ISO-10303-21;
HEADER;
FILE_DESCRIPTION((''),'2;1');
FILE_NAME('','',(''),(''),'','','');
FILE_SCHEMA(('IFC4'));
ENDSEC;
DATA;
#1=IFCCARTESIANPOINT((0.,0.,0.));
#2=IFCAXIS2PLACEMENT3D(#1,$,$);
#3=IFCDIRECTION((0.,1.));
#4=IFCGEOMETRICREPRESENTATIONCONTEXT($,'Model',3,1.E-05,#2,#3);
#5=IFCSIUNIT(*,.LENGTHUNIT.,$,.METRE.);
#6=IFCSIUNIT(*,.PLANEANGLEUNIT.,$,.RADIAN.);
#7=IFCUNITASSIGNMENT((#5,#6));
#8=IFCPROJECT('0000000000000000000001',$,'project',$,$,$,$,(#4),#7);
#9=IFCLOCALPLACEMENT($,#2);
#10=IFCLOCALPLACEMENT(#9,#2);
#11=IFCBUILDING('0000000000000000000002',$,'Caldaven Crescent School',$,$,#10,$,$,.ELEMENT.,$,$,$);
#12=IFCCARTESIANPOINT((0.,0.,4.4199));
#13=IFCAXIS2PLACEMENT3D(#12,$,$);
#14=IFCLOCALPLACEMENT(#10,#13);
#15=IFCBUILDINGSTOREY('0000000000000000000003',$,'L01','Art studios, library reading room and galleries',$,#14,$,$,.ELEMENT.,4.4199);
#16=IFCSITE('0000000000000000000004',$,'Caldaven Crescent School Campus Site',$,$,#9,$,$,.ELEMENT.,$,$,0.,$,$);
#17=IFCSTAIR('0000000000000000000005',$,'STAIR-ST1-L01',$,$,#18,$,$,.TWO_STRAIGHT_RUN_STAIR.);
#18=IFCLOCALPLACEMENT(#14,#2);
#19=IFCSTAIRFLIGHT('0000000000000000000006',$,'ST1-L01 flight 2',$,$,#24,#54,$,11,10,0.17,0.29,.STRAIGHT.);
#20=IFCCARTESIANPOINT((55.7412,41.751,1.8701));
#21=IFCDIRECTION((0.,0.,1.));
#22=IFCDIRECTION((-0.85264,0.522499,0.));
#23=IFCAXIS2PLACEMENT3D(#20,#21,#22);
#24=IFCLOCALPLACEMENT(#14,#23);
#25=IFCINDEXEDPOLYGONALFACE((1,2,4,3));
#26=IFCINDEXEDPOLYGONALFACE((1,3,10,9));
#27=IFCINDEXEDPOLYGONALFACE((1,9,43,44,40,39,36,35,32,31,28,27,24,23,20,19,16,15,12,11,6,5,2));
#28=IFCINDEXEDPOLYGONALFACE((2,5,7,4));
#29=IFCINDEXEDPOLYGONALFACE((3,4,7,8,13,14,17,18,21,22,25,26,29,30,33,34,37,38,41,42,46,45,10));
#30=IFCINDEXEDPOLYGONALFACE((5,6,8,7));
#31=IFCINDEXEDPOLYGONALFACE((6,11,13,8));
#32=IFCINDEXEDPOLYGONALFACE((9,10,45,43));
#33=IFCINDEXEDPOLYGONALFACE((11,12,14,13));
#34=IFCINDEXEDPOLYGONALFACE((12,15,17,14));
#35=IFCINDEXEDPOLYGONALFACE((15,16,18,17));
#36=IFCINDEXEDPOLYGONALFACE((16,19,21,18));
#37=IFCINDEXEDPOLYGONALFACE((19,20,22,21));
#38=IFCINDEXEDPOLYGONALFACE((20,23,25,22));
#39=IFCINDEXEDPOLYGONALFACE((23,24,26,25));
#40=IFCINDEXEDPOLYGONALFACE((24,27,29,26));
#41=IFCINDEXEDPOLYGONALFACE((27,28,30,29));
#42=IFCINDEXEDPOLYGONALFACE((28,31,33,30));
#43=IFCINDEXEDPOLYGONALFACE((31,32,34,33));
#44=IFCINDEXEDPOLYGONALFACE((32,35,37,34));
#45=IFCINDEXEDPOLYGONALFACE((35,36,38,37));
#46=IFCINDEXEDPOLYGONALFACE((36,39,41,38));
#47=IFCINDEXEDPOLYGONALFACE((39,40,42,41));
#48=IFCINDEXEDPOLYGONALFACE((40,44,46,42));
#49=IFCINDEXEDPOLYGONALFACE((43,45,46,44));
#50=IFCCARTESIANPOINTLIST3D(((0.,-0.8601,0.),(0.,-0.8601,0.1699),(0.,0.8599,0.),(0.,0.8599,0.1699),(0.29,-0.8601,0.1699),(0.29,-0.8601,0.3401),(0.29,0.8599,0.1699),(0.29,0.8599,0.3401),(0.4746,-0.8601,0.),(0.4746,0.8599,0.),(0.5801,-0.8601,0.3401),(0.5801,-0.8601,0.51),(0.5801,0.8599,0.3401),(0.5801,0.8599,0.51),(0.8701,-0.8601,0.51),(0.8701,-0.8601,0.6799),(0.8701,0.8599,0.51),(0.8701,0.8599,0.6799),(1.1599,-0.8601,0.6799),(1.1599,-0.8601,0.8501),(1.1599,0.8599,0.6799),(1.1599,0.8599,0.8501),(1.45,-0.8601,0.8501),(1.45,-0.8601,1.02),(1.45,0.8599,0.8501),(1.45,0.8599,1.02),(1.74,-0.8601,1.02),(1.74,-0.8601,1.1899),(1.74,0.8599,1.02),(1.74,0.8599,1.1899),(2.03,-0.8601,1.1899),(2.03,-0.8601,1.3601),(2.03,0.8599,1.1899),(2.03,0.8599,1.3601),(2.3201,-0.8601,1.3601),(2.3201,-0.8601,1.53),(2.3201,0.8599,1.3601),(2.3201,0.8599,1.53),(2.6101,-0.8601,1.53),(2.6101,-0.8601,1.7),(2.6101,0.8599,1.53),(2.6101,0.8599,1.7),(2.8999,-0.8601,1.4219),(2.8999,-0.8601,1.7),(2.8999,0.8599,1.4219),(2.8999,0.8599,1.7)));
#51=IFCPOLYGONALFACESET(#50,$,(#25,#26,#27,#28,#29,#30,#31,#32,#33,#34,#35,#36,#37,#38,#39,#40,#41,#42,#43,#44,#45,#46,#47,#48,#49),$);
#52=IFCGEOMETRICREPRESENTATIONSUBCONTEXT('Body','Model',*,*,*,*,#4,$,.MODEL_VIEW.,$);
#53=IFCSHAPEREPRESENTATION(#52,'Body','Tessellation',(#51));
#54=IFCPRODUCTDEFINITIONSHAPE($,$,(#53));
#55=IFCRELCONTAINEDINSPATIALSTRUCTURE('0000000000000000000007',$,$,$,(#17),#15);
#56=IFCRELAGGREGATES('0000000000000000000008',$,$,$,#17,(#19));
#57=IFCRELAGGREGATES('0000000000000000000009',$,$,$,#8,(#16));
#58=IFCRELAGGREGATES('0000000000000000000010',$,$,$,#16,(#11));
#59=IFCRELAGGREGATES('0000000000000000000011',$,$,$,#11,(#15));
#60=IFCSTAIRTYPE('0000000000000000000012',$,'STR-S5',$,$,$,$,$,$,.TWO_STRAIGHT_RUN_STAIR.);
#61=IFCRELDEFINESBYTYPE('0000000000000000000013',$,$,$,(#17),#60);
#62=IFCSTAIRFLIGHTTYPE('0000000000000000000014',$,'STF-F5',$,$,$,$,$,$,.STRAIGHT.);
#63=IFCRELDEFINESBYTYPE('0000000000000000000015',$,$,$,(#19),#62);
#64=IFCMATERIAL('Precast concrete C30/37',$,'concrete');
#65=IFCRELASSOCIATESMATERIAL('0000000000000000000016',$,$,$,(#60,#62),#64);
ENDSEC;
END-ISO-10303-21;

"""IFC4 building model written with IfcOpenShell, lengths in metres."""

from ifc_helpers import new_model, si_unit, direction, frame, origin, place, context, subcontext, project, spatial, polyline, outline, extrude, material, type_object, element, aggregate, save


model = new_model("IFC4")

# Units and contexts
model_context = context("Model", 3, precision=1e-05, world=origin(), true_north=direction((0.0, 1.0)))
body_context = subcontext(model_context, "Body", "Model", "MODEL_VIEW")
ifc_project = project(units=[si_unit("LENGTHUNIT", "METRE"), si_unit("PLANEANGLEUNIT", "RADIAN")], contexts=[model_context])

# Site, building, storey
site_placement = place(None, origin())
site = spatial("IfcSite", under=ifc_project, at=site_placement, Name="Caldaven Crescent School Campus Site", CompositionType="ELEMENT", RefElevation=0.0)
building_placement = place(site_placement, origin())
building = spatial("IfcBuilding", under=site, at=building_placement, Name="Caldaven Crescent School", CompositionType="ELEMENT")
storey_placement = place(building_placement, frame((0.0, 0.0, 4.4199)))
storey = spatial("IfcBuildingStorey", under=building, at=storey_placement, Name="L01", Description="Art studios, library reading room and galleries", CompositionType="ELEMENT", Elevation=4.4199)

# Stair, stair flight
ifc_material_1 = material(Name="Precast concrete C30/37", Category="concrete")
stair_type = type_object("IfcStairType", Name="STR-S5", PredefinedType="TWO_STRAIGHT_RUN_STAIR", material=ifc_material_1)
stair_placement = place(storey_placement, origin())
stair = element("IfcStair", 1, at=stair_placement, inside=storey, type_object=stair_type, Name="STAIR-ST1-L01", PredefinedType="TWO_STRAIGHT_RUN_STAIR")
stair_flight_type = type_object("IfcStairFlightType", Name="STF-F5", PredefinedType="STRAIGHT", material=ifc_material_1)
stair_flight_placement = place(storey_placement, frame((55.7412, 41.751, 1.8701), z_axis=(0.0, 0.0, 1.0), x_axis=(-0.85264, 0.522499, 0.0)))
stair_flight = element("IfcStairFlight", 2, at=stair_flight_placement, type_object=stair_flight_type, Name="ST1-L01 flight 2", NumberOfRisers=11, NumberOfTreads=10, PredefinedType="STRAIGHT", RiserHeight=0.17, TreadLength=0.29, context=body_context, shape_type="SweptSolid", body=[
    extrude(outline(polyline([(0.0, 0.0), (0.0, 0.1699), (0.29, 0.1699), (0.29, 0.3401), (0.5801, 0.3401), (0.5801, 0.51), (0.8701, 0.51), (0.8701, 0.6799), (1.1599, 0.6799), (1.1599, 0.8501), (1.45, 0.8501), (1.45, 1.02), (1.74, 1.02), (1.74, 1.1899), (2.03, 1.1899), (2.03, 1.3601), (2.3201, 1.3601), (2.3201, 1.53), (2.6101, 1.53), (2.6101, 1.7), (2.8999, 1.7), (2.8999, 1.8701), (2.8999, 1.4219), (0.4746, 0.0), (0.0, 0.0)])), frame((0.0, 0.8599, 0.0), z_axis=(0.0, -1.0, 0.0), x_axis=(1.0, 0.0, 0.0)), (0.0, 0.0, 1.0), 1.72),
])
aggregate(stair, [stair_flight])

save(model, "model.ifc")
